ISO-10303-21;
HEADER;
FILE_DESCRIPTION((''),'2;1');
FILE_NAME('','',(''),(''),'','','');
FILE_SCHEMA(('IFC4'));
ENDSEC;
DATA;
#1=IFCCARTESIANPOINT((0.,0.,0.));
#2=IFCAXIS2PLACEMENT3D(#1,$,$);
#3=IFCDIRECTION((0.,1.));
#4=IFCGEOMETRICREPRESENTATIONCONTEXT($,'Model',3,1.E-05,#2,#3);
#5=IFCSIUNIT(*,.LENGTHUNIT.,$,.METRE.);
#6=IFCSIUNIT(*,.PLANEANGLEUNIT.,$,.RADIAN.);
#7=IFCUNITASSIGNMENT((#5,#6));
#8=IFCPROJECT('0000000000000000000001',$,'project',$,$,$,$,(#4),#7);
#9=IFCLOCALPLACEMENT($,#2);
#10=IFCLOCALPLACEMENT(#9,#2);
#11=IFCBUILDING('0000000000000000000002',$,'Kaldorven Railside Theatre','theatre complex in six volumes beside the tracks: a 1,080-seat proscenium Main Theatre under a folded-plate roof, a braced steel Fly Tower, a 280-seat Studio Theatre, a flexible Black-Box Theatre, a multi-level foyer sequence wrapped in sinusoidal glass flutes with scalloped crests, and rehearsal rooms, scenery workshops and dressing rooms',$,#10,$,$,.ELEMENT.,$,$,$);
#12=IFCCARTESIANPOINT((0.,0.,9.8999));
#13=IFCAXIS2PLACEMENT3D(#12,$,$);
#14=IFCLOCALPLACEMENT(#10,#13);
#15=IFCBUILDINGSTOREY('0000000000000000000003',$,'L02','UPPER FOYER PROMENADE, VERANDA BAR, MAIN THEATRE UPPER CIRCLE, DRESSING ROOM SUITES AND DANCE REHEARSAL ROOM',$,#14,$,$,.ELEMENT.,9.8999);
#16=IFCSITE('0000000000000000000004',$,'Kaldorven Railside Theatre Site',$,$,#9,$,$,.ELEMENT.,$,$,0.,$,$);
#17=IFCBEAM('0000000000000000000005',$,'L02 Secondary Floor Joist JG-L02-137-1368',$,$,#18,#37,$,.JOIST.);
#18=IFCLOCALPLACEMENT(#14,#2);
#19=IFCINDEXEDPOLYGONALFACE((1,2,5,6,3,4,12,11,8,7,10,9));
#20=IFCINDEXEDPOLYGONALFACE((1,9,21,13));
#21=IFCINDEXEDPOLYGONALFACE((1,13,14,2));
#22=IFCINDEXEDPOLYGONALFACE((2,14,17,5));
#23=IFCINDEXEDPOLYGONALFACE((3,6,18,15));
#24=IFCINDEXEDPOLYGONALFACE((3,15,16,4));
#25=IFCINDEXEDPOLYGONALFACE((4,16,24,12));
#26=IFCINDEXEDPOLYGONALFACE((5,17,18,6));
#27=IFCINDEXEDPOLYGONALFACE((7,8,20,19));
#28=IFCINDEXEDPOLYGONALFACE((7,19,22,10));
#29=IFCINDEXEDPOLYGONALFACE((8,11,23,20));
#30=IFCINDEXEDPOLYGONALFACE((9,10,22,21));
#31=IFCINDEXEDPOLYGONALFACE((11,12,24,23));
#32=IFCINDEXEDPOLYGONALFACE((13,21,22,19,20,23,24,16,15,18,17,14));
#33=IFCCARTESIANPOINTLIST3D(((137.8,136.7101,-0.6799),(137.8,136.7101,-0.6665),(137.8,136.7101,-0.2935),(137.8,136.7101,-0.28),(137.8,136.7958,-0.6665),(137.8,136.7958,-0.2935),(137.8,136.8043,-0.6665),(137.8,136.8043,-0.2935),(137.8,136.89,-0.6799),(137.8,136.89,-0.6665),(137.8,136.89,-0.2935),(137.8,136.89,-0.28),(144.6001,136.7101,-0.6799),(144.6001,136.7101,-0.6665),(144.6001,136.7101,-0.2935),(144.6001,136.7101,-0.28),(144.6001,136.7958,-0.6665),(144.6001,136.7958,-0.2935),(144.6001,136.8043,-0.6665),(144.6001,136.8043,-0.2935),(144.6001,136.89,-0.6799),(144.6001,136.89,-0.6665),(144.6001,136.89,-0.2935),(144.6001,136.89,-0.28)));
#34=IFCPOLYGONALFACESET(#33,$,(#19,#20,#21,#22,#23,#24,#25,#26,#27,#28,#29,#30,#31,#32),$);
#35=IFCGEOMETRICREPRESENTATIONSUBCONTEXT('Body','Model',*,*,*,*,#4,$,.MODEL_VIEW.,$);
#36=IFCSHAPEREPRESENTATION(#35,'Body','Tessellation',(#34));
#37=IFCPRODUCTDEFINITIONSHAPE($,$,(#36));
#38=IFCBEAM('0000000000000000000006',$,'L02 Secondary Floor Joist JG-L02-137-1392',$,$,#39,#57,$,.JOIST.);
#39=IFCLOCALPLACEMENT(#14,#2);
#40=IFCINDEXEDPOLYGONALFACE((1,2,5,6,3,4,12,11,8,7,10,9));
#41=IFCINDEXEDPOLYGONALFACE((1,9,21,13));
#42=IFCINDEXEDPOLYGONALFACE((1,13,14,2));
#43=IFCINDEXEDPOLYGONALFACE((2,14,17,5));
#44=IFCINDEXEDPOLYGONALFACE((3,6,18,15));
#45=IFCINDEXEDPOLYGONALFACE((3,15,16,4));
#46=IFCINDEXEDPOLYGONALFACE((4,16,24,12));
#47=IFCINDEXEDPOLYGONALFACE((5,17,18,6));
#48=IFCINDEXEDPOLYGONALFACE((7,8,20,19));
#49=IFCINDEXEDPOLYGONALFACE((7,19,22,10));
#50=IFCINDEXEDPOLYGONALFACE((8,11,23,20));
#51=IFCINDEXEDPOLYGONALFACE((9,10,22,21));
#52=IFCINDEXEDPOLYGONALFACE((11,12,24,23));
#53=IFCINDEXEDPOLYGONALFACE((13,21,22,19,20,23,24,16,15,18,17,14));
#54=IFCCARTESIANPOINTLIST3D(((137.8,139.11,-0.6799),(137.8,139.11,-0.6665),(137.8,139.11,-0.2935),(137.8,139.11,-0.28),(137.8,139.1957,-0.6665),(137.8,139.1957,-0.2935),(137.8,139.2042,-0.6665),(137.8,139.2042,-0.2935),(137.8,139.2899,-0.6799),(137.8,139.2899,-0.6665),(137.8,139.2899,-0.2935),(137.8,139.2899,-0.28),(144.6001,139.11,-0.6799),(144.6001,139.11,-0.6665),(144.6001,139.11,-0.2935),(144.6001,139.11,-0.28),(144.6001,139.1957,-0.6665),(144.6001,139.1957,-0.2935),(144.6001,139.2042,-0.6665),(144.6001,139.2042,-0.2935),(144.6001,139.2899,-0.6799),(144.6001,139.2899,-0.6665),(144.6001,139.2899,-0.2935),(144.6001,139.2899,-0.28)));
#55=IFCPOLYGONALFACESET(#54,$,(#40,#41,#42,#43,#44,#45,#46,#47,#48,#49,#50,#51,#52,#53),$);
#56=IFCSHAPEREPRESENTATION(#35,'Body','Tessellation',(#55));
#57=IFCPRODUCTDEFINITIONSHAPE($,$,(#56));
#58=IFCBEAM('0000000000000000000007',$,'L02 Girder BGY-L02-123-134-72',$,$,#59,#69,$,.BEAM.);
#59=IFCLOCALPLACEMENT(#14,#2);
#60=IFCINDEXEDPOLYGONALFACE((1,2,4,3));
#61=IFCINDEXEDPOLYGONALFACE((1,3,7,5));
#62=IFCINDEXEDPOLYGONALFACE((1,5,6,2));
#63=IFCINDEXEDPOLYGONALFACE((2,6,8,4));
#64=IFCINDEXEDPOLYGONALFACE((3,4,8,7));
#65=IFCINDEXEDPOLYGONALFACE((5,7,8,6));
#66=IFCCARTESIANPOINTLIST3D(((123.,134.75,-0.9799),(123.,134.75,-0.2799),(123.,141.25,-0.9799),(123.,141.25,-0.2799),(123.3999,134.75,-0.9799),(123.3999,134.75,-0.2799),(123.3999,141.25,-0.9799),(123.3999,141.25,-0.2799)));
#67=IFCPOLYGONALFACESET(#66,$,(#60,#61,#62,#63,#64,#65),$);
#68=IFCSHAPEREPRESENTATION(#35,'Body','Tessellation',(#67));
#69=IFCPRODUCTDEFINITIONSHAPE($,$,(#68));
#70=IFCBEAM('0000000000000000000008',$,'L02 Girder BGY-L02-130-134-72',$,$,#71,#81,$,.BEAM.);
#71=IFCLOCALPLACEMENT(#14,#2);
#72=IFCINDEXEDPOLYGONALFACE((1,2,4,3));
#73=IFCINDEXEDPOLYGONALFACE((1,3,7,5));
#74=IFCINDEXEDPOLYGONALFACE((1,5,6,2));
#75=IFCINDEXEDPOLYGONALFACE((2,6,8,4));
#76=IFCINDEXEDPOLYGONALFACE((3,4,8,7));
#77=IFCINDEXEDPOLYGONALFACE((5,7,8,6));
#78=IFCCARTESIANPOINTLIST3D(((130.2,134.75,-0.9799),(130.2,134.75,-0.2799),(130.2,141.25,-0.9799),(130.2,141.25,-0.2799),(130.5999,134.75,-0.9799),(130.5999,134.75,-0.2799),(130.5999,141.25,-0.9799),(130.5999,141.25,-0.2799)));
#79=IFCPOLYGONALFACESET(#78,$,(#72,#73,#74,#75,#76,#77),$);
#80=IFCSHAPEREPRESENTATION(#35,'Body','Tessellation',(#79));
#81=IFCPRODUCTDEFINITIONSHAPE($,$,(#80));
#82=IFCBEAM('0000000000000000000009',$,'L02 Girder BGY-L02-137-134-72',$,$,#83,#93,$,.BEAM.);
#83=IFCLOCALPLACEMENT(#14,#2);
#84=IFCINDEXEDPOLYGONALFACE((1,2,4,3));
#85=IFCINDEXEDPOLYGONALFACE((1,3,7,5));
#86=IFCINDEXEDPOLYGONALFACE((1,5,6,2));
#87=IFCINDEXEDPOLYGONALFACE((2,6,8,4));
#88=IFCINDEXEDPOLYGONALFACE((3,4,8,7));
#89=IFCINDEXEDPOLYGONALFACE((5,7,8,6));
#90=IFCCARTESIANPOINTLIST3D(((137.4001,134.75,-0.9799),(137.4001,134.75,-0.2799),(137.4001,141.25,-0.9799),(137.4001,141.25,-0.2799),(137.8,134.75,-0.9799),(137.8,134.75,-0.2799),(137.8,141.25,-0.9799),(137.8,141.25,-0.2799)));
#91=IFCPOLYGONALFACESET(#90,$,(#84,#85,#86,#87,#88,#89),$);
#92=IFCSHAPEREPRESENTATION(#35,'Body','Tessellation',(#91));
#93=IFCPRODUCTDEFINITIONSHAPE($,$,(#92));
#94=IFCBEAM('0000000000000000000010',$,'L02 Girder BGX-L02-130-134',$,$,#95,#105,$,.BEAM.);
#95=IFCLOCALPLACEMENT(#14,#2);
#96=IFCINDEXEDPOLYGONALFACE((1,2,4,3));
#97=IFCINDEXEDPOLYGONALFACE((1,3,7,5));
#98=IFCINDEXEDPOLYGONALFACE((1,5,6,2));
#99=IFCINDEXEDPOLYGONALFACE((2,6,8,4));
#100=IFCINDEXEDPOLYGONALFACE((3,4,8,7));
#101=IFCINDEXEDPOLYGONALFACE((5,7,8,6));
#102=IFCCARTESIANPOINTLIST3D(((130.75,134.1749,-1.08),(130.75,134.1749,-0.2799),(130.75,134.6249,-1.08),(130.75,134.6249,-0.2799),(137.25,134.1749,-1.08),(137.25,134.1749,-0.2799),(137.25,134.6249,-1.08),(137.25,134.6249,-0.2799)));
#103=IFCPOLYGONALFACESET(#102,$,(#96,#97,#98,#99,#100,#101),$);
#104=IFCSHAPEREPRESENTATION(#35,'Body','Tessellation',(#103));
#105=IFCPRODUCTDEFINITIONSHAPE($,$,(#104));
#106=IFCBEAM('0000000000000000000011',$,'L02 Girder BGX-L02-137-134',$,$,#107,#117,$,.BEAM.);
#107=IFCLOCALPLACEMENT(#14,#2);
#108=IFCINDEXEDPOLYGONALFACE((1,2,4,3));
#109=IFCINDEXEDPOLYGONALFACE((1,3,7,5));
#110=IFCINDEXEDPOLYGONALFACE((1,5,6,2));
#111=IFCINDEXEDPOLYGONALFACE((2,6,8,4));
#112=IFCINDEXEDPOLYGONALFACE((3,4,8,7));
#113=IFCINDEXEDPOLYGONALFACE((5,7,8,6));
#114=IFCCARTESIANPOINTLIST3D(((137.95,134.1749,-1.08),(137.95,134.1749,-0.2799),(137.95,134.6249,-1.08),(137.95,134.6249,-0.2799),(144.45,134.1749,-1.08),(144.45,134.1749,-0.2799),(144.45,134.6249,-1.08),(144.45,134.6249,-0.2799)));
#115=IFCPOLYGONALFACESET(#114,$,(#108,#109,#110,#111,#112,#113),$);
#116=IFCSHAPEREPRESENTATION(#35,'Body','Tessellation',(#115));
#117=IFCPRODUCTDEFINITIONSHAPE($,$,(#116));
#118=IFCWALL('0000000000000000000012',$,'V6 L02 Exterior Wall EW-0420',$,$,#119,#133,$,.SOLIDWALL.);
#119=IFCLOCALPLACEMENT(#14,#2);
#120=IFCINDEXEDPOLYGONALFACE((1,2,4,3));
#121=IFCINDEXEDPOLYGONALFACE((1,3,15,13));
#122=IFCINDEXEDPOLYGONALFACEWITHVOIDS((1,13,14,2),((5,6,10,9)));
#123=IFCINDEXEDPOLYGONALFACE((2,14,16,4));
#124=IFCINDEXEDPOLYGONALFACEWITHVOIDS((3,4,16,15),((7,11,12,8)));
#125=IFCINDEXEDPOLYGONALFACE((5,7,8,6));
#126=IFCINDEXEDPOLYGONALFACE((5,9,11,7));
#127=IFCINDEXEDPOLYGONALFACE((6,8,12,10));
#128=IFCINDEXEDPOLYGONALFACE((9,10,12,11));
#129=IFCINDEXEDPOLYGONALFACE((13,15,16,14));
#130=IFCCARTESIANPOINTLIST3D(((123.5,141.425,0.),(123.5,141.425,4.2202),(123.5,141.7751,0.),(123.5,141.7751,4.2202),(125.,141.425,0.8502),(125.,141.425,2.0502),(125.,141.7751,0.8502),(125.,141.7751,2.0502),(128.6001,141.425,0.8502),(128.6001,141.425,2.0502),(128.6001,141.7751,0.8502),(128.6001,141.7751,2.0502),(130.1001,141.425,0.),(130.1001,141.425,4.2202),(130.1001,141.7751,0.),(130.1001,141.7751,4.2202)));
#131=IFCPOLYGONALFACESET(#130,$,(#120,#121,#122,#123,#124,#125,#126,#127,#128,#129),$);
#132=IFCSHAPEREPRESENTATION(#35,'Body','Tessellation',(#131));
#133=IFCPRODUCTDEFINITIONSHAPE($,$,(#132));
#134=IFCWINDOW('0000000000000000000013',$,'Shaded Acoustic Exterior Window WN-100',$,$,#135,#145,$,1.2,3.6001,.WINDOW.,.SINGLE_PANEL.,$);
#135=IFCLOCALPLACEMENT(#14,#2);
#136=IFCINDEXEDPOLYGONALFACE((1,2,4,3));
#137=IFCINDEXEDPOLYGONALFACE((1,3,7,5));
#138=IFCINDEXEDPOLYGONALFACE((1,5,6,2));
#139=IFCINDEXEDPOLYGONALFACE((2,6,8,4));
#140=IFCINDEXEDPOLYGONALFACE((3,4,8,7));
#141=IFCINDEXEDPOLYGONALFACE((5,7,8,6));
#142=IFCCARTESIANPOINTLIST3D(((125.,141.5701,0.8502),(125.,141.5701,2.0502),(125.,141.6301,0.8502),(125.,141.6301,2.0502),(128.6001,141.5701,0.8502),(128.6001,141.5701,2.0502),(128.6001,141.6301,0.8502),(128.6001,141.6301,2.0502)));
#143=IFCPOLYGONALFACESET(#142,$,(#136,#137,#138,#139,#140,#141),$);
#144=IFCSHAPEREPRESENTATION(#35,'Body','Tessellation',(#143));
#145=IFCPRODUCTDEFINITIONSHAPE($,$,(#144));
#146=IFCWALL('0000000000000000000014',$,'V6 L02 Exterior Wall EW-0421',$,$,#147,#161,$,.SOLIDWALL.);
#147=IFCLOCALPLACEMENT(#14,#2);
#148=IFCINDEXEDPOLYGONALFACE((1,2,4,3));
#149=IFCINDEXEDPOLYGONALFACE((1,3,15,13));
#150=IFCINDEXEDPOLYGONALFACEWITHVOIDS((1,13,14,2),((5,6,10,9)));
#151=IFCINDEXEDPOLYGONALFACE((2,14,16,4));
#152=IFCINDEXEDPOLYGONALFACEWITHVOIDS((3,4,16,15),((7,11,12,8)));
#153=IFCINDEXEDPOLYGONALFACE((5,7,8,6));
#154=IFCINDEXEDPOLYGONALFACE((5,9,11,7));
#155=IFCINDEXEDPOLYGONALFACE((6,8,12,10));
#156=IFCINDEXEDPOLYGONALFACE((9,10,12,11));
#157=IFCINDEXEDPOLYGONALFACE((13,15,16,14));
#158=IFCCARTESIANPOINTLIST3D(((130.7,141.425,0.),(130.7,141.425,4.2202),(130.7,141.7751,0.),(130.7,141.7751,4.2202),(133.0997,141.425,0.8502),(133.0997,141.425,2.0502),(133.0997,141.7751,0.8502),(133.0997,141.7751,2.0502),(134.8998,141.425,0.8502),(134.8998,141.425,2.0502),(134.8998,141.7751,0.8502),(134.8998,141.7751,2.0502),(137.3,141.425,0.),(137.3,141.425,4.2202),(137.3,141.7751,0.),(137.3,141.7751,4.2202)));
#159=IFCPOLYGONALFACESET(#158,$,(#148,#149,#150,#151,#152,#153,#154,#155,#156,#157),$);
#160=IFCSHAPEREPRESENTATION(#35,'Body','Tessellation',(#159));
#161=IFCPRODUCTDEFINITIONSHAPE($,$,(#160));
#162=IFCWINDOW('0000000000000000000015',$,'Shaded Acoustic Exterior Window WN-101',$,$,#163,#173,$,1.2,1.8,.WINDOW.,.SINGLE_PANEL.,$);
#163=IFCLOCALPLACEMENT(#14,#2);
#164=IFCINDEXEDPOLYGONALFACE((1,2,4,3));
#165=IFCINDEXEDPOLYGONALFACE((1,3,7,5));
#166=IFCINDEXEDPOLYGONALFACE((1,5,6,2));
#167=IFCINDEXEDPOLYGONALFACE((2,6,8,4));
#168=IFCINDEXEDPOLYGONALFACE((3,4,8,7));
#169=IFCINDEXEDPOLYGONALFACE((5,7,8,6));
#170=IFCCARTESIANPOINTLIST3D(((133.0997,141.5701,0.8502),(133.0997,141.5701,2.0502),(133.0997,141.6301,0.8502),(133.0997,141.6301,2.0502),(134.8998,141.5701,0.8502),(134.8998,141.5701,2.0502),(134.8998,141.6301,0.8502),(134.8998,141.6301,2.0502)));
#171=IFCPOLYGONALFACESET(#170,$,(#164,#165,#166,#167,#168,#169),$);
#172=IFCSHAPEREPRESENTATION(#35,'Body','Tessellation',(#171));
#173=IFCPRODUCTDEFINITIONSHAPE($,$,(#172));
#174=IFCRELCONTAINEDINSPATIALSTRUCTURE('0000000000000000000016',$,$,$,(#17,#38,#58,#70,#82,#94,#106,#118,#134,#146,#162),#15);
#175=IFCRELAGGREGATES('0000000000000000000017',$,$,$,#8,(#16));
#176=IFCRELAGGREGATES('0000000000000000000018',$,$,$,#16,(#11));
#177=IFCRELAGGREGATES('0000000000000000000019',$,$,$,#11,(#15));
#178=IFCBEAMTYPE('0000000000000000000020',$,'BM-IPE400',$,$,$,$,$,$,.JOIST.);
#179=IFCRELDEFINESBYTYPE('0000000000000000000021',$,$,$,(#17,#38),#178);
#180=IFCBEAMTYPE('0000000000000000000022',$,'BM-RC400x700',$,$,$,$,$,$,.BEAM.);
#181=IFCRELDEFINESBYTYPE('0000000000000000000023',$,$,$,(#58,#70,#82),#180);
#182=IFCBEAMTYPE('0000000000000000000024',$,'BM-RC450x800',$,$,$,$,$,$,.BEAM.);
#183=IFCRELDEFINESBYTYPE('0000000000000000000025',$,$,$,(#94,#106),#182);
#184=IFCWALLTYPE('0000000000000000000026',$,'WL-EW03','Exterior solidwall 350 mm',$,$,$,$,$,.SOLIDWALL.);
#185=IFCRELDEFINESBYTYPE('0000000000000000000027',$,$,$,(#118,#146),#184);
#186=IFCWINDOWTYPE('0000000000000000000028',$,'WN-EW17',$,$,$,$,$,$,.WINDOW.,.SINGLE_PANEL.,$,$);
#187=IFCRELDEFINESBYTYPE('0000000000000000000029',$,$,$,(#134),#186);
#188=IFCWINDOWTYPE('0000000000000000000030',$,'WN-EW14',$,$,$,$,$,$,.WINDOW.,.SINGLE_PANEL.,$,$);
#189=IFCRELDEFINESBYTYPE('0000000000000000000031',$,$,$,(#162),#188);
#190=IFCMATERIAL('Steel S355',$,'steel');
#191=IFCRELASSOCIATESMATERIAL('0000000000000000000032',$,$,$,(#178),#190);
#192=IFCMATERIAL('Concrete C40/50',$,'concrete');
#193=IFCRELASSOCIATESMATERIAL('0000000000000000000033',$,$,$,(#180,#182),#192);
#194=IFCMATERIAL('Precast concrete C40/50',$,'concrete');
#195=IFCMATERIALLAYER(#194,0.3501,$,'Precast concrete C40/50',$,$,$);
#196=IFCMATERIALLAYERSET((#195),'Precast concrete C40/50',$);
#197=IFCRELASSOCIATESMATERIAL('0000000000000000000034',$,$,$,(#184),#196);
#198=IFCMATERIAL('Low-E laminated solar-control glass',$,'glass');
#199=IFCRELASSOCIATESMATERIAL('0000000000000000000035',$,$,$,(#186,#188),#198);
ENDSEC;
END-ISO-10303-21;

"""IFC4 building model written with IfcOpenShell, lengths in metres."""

from ifc_helpers import new_model, si_unit, direction, frame, frame_2d, origin, origin_2d, place, context, subcontext, project, spatial, rectangle, i_section, extrude, material, layer, layer_set, material_profile, profile_set, type_object, element, fill, save


model = new_model("IFC4")

# Units and contexts
model_context = context("Model", 3, precision=1e-05, world=origin(), true_north=direction((0.0, 1.0)))
body_context = subcontext(model_context, "Body", "Model", "MODEL_VIEW")
ifc_project = project(units=[si_unit("LENGTHUNIT", "METRE"), si_unit("PLANEANGLEUNIT", "RADIAN")], contexts=[model_context])

# Site, building, storey
site_placement = place(None, origin())
site = spatial("IfcSite", under=ifc_project, at=site_placement, Name="Kaldorven Railside Theatre Site", CompositionType="ELEMENT", RefElevation=0.0)
building_placement = place(site_placement, origin())
building = spatial("IfcBuilding", under=site, at=building_placement, Name="Kaldorven Railside Theatre", Description="theatre complex in six volumes beside the tracks: a 1,080-seat proscenium Main Theatre under a folded-plate roof, a braced steel Fly Tower, a 280-seat Studio Theatre, a flexible Black-Box Theatre, a multi-level foyer sequence wrapped in sinusoidal glass flutes with scalloped crests, and rehearsal rooms, scenery workshops and dressing rooms", CompositionType="ELEMENT")
storey_placement = place(building_placement, frame((0.0, 0.0, 9.8999)))
storey = spatial("IfcBuildingStorey", under=building, at=storey_placement, Name="L02", Description="UPPER FOYER PROMENADE, VERANDA BAR, MAIN THEATRE UPPER CIRCLE, DRESSING ROOM SUITES AND DANCE REHEARSAL ROOM", CompositionType="ELEMENT", Elevation=9.8999)

# Shared definitions
ifc_material_1 = material(Name="Concrete C40/50", Category="concrete")

# Beams
ifc_material_2 = material(Name="Steel S355", Category="steel")
ifc_material_profile_1 = material_profile(ifc_material_2, i_section(OverallWidth=0.1799, OverallDepth=0.3999, WebThickness=0.0085, FlangeThickness=0.0134, at=origin_2d()), Name="IPE 400")
ifc_profile_set_1 = profile_set([ifc_material_profile_1], Name="Steel S355")
beam_type_1 = type_object("IfcBeamType", Name="BM-IPE400", PredefinedType="JOIST", material=ifc_profile_set_1)
for number, where, z_axis, x_axis, name in (
    (1, (137.8, 136.8, -0.48), (1.0, 0.0, 0.0), (0.0, 1.0, 0.0), "L02 Secondary Floor Joist JG-L02-137-1368"),
    (2, (137.8, 139.2, -0.48), (1.0, 0.0, 0.0), (0.0, 1.0, 0.0), "L02 Secondary Floor Joist JG-L02-137-1392"),
):
    element("IfcBeam", number, at=place(storey_placement, frame(where, z_axis=z_axis, x_axis=x_axis)), inside=storey, type_object=beam_type_1, Name=name, PredefinedType="JOIST", context=body_context, shape_type="SweptSolid", body=[
        extrude(i_section(OverallWidth=0.1799, OverallDepth=0.3999, WebThickness=0.0085, FlangeThickness=0.0134, at=origin_2d()), origin(), (0.0, 0.0, 1.0), 6.8),
    ])
ifc_material_profile_2 = material_profile(ifc_material_1, rectangle(XDim=0.3999, YDim=0.7, at=origin_2d()), Name="RC 400x700")
ifc_profile_set_2 = profile_set([ifc_material_profile_2], Name="Concrete C40/50")
beam_type_2 = type_object("IfcBeamType", Name="BM-RC400x700", PredefinedType="BEAM", material=ifc_profile_set_2)
for number, where, z_axis, x_axis, name in (
    (3, (123.2, 134.75, -0.6299), (0.0, 1.0, 0.0), (-1.0, 0.0, 0.0), "L02 Girder BGY-L02-123-134-72"),
    (4, (130.3999, 134.75, -0.6299), (0.0, 1.0, 0.0), (-1.0, 0.0, 0.0), "L02 Girder BGY-L02-130-134-72"),
    (5, (137.6001, 134.75, -0.6299), (0.0, 1.0, 0.0), (-1.0, 0.0, 0.0), "L02 Girder BGY-L02-137-134-72"),
):
    element("IfcBeam", number, at=place(storey_placement, frame(where, z_axis=z_axis, x_axis=x_axis)), inside=storey, type_object=beam_type_2, Name=name, PredefinedType="BEAM", context=body_context, shape_type="SweptSolid", body=[
        extrude(rectangle(XDim=0.3999, YDim=0.7, at=origin_2d()), origin(), (0.0, 0.0, 1.0), 6.5),
    ])
ifc_material_profile_3 = material_profile(ifc_material_1, rectangle(XDim=0.45, YDim=0.8, at=origin_2d()), Name="RC 450x800")
ifc_profile_set_3 = profile_set([ifc_material_profile_3], Name="Concrete C40/50")
beam_type_3 = type_object("IfcBeamType", Name="BM-RC450x800", PredefinedType="BEAM", material=ifc_profile_set_3)
for number, where, z_axis, x_axis, name in (
    (6, (130.75, 134.3999, -0.6799), (1.0, 0.0, 0.0), (0.0, 1.0, 0.0), "L02 Girder BGX-L02-130-134"),
    (7, (137.95, 134.3999, -0.6799), (1.0, 0.0, 0.0), (0.0, 1.0, 0.0), "L02 Girder BGX-L02-137-134"),
):
    element("IfcBeam", number, at=place(storey_placement, frame(where, z_axis=z_axis, x_axis=x_axis)), inside=storey, type_object=beam_type_3, Name=name, PredefinedType="BEAM", context=body_context, shape_type="SweptSolid", body=[
        extrude(rectangle(XDim=0.45, YDim=0.8, at=origin_2d()), origin(), (0.0, 0.0, 1.0), 6.5),
    ])

# Walls, openings, windows
ifc_material_3 = material(Name="Precast concrete C40/50", Category="concrete")
ifc_layer_1 = layer(ifc_material_3, 0.3501, Name="Precast concrete C40/50")
ifc_layer_set_1 = layer_set([ifc_layer_1], Name="Precast concrete C40/50")
wall_type_1 = type_object("IfcWallType", Name="WL-EW03", Description="Exterior solidwall 350 mm", PredefinedType="SOLIDWALL", material=ifc_layer_set_1)
wall_1_placement = place(storey_placement, frame((123.5, 141.6001, 0.0), z_axis=(0.0, 0.0, 1.0), x_axis=(1.0, 0.0, 0.0)))
wall_1 = element("IfcWall", 8, at=wall_1_placement, inside=storey, type_object=wall_type_1, Name="V6 L02 Exterior Wall EW-0420", PredefinedType="SOLIDWALL", context=body_context, shape_type="SweptSolid", body=[
    extrude(rectangle(XDim=6.6001, YDim=0.3501, at=frame_2d((3.3, 0.0))), origin(), (0.0, 0.0, 1.0), 4.2202),
])
opening_1_placement = place(wall_1_placement, frame((1.5, 0.0, 0.8501)))
opening_1 = element("IfcOpeningElement", 9, at=opening_1_placement, cuts=wall_1, PredefinedType="OPENING", context=body_context, shape_type="SweptSolid", body=[
    extrude(rectangle(XDim=3.6001, YDim=1.2, at=frame_2d((1.8, 0.6001))), frame((0.0, 0.1851, 0.0), z_axis=(0.0, -1.0, 0.0), x_axis=(1.0, 0.0, 0.0)), (0.0, 0.0, 1.0), 0.3701),
])
ifc_material_4 = material(Name="Low-E laminated solar-control glass", Category="glass")
window_type_1 = type_object("IfcWindowType", Name="WN-EW17", PartitioningType="SINGLE_PANEL", PredefinedType="WINDOW", material=ifc_material_4)
window_1_placement = place(opening_1_placement, origin())
window_1 = element("IfcWindow", 10, at=window_1_placement, inside=storey, type_object=window_type_1, Name="Shaded Acoustic Exterior Window WN-100", OverallHeight=1.2, OverallWidth=3.6001, PartitioningType="SINGLE_PANEL", PredefinedType="WINDOW", context=body_context, shape_type="SweptSolid", body=[
    extrude(rectangle(XDim=3.6001, YDim=1.2, at=frame_2d((1.8, 0.6001))), frame((0.0, 0.03, 0.0), z_axis=(0.0, -1.0, 0.0), x_axis=(1.0, 0.0, 0.0)), (0.0, 0.0, 1.0), 0.0601),
])
fill(opening_1, window_1)
wall_2_placement = place(storey_placement, frame((130.7, 141.6001, 0.0), z_axis=(0.0, 0.0, 1.0), x_axis=(1.0, 0.0, 0.0)))
wall_2 = element("IfcWall", 11, at=wall_2_placement, inside=storey, type_object=wall_type_1, Name="V6 L02 Exterior Wall EW-0421", PredefinedType="SOLIDWALL", context=body_context, shape_type="SweptSolid", body=[
    extrude(rectangle(XDim=6.6001, YDim=0.3501, at=frame_2d((3.3, 0.0))), origin(), (0.0, 0.0, 1.0), 4.2202),
])
opening_2_placement = place(wall_2_placement, frame((2.3999, 0.0, 0.8501)))
opening_2 = element("IfcOpeningElement", 12, at=opening_2_placement, cuts=wall_2, PredefinedType="OPENING", context=body_context, shape_type="SweptSolid", body=[
    extrude(rectangle(XDim=1.8, YDim=1.2, at=frame_2d((0.8999, 0.6001))), frame((0.0, 0.1851, 0.0), z_axis=(0.0, -1.0, 0.0), x_axis=(1.0, 0.0, 0.0)), (0.0, 0.0, 1.0), 0.3701),
])
window_type_2 = type_object("IfcWindowType", Name="WN-EW14", PartitioningType="SINGLE_PANEL", PredefinedType="WINDOW", material=ifc_material_4)
window_2_placement = place(opening_2_placement, origin())
window_2 = element("IfcWindow", 13, at=window_2_placement, inside=storey, type_object=window_type_2, Name="Shaded Acoustic Exterior Window WN-101", OverallHeight=1.2, OverallWidth=1.8, PartitioningType="SINGLE_PANEL", PredefinedType="WINDOW", context=body_context, shape_type="SweptSolid", body=[
    extrude(rectangle(XDim=1.8, YDim=1.2, at=frame_2d((0.8999, 0.6001))), frame((0.0, 0.03, 0.0), z_axis=(0.0, -1.0, 0.0), x_axis=(1.0, 0.0, 0.0)), (0.0, 0.0, 1.0), 0.0601),
])
fill(opening_2, window_2)

save(model, "model.ifc")
